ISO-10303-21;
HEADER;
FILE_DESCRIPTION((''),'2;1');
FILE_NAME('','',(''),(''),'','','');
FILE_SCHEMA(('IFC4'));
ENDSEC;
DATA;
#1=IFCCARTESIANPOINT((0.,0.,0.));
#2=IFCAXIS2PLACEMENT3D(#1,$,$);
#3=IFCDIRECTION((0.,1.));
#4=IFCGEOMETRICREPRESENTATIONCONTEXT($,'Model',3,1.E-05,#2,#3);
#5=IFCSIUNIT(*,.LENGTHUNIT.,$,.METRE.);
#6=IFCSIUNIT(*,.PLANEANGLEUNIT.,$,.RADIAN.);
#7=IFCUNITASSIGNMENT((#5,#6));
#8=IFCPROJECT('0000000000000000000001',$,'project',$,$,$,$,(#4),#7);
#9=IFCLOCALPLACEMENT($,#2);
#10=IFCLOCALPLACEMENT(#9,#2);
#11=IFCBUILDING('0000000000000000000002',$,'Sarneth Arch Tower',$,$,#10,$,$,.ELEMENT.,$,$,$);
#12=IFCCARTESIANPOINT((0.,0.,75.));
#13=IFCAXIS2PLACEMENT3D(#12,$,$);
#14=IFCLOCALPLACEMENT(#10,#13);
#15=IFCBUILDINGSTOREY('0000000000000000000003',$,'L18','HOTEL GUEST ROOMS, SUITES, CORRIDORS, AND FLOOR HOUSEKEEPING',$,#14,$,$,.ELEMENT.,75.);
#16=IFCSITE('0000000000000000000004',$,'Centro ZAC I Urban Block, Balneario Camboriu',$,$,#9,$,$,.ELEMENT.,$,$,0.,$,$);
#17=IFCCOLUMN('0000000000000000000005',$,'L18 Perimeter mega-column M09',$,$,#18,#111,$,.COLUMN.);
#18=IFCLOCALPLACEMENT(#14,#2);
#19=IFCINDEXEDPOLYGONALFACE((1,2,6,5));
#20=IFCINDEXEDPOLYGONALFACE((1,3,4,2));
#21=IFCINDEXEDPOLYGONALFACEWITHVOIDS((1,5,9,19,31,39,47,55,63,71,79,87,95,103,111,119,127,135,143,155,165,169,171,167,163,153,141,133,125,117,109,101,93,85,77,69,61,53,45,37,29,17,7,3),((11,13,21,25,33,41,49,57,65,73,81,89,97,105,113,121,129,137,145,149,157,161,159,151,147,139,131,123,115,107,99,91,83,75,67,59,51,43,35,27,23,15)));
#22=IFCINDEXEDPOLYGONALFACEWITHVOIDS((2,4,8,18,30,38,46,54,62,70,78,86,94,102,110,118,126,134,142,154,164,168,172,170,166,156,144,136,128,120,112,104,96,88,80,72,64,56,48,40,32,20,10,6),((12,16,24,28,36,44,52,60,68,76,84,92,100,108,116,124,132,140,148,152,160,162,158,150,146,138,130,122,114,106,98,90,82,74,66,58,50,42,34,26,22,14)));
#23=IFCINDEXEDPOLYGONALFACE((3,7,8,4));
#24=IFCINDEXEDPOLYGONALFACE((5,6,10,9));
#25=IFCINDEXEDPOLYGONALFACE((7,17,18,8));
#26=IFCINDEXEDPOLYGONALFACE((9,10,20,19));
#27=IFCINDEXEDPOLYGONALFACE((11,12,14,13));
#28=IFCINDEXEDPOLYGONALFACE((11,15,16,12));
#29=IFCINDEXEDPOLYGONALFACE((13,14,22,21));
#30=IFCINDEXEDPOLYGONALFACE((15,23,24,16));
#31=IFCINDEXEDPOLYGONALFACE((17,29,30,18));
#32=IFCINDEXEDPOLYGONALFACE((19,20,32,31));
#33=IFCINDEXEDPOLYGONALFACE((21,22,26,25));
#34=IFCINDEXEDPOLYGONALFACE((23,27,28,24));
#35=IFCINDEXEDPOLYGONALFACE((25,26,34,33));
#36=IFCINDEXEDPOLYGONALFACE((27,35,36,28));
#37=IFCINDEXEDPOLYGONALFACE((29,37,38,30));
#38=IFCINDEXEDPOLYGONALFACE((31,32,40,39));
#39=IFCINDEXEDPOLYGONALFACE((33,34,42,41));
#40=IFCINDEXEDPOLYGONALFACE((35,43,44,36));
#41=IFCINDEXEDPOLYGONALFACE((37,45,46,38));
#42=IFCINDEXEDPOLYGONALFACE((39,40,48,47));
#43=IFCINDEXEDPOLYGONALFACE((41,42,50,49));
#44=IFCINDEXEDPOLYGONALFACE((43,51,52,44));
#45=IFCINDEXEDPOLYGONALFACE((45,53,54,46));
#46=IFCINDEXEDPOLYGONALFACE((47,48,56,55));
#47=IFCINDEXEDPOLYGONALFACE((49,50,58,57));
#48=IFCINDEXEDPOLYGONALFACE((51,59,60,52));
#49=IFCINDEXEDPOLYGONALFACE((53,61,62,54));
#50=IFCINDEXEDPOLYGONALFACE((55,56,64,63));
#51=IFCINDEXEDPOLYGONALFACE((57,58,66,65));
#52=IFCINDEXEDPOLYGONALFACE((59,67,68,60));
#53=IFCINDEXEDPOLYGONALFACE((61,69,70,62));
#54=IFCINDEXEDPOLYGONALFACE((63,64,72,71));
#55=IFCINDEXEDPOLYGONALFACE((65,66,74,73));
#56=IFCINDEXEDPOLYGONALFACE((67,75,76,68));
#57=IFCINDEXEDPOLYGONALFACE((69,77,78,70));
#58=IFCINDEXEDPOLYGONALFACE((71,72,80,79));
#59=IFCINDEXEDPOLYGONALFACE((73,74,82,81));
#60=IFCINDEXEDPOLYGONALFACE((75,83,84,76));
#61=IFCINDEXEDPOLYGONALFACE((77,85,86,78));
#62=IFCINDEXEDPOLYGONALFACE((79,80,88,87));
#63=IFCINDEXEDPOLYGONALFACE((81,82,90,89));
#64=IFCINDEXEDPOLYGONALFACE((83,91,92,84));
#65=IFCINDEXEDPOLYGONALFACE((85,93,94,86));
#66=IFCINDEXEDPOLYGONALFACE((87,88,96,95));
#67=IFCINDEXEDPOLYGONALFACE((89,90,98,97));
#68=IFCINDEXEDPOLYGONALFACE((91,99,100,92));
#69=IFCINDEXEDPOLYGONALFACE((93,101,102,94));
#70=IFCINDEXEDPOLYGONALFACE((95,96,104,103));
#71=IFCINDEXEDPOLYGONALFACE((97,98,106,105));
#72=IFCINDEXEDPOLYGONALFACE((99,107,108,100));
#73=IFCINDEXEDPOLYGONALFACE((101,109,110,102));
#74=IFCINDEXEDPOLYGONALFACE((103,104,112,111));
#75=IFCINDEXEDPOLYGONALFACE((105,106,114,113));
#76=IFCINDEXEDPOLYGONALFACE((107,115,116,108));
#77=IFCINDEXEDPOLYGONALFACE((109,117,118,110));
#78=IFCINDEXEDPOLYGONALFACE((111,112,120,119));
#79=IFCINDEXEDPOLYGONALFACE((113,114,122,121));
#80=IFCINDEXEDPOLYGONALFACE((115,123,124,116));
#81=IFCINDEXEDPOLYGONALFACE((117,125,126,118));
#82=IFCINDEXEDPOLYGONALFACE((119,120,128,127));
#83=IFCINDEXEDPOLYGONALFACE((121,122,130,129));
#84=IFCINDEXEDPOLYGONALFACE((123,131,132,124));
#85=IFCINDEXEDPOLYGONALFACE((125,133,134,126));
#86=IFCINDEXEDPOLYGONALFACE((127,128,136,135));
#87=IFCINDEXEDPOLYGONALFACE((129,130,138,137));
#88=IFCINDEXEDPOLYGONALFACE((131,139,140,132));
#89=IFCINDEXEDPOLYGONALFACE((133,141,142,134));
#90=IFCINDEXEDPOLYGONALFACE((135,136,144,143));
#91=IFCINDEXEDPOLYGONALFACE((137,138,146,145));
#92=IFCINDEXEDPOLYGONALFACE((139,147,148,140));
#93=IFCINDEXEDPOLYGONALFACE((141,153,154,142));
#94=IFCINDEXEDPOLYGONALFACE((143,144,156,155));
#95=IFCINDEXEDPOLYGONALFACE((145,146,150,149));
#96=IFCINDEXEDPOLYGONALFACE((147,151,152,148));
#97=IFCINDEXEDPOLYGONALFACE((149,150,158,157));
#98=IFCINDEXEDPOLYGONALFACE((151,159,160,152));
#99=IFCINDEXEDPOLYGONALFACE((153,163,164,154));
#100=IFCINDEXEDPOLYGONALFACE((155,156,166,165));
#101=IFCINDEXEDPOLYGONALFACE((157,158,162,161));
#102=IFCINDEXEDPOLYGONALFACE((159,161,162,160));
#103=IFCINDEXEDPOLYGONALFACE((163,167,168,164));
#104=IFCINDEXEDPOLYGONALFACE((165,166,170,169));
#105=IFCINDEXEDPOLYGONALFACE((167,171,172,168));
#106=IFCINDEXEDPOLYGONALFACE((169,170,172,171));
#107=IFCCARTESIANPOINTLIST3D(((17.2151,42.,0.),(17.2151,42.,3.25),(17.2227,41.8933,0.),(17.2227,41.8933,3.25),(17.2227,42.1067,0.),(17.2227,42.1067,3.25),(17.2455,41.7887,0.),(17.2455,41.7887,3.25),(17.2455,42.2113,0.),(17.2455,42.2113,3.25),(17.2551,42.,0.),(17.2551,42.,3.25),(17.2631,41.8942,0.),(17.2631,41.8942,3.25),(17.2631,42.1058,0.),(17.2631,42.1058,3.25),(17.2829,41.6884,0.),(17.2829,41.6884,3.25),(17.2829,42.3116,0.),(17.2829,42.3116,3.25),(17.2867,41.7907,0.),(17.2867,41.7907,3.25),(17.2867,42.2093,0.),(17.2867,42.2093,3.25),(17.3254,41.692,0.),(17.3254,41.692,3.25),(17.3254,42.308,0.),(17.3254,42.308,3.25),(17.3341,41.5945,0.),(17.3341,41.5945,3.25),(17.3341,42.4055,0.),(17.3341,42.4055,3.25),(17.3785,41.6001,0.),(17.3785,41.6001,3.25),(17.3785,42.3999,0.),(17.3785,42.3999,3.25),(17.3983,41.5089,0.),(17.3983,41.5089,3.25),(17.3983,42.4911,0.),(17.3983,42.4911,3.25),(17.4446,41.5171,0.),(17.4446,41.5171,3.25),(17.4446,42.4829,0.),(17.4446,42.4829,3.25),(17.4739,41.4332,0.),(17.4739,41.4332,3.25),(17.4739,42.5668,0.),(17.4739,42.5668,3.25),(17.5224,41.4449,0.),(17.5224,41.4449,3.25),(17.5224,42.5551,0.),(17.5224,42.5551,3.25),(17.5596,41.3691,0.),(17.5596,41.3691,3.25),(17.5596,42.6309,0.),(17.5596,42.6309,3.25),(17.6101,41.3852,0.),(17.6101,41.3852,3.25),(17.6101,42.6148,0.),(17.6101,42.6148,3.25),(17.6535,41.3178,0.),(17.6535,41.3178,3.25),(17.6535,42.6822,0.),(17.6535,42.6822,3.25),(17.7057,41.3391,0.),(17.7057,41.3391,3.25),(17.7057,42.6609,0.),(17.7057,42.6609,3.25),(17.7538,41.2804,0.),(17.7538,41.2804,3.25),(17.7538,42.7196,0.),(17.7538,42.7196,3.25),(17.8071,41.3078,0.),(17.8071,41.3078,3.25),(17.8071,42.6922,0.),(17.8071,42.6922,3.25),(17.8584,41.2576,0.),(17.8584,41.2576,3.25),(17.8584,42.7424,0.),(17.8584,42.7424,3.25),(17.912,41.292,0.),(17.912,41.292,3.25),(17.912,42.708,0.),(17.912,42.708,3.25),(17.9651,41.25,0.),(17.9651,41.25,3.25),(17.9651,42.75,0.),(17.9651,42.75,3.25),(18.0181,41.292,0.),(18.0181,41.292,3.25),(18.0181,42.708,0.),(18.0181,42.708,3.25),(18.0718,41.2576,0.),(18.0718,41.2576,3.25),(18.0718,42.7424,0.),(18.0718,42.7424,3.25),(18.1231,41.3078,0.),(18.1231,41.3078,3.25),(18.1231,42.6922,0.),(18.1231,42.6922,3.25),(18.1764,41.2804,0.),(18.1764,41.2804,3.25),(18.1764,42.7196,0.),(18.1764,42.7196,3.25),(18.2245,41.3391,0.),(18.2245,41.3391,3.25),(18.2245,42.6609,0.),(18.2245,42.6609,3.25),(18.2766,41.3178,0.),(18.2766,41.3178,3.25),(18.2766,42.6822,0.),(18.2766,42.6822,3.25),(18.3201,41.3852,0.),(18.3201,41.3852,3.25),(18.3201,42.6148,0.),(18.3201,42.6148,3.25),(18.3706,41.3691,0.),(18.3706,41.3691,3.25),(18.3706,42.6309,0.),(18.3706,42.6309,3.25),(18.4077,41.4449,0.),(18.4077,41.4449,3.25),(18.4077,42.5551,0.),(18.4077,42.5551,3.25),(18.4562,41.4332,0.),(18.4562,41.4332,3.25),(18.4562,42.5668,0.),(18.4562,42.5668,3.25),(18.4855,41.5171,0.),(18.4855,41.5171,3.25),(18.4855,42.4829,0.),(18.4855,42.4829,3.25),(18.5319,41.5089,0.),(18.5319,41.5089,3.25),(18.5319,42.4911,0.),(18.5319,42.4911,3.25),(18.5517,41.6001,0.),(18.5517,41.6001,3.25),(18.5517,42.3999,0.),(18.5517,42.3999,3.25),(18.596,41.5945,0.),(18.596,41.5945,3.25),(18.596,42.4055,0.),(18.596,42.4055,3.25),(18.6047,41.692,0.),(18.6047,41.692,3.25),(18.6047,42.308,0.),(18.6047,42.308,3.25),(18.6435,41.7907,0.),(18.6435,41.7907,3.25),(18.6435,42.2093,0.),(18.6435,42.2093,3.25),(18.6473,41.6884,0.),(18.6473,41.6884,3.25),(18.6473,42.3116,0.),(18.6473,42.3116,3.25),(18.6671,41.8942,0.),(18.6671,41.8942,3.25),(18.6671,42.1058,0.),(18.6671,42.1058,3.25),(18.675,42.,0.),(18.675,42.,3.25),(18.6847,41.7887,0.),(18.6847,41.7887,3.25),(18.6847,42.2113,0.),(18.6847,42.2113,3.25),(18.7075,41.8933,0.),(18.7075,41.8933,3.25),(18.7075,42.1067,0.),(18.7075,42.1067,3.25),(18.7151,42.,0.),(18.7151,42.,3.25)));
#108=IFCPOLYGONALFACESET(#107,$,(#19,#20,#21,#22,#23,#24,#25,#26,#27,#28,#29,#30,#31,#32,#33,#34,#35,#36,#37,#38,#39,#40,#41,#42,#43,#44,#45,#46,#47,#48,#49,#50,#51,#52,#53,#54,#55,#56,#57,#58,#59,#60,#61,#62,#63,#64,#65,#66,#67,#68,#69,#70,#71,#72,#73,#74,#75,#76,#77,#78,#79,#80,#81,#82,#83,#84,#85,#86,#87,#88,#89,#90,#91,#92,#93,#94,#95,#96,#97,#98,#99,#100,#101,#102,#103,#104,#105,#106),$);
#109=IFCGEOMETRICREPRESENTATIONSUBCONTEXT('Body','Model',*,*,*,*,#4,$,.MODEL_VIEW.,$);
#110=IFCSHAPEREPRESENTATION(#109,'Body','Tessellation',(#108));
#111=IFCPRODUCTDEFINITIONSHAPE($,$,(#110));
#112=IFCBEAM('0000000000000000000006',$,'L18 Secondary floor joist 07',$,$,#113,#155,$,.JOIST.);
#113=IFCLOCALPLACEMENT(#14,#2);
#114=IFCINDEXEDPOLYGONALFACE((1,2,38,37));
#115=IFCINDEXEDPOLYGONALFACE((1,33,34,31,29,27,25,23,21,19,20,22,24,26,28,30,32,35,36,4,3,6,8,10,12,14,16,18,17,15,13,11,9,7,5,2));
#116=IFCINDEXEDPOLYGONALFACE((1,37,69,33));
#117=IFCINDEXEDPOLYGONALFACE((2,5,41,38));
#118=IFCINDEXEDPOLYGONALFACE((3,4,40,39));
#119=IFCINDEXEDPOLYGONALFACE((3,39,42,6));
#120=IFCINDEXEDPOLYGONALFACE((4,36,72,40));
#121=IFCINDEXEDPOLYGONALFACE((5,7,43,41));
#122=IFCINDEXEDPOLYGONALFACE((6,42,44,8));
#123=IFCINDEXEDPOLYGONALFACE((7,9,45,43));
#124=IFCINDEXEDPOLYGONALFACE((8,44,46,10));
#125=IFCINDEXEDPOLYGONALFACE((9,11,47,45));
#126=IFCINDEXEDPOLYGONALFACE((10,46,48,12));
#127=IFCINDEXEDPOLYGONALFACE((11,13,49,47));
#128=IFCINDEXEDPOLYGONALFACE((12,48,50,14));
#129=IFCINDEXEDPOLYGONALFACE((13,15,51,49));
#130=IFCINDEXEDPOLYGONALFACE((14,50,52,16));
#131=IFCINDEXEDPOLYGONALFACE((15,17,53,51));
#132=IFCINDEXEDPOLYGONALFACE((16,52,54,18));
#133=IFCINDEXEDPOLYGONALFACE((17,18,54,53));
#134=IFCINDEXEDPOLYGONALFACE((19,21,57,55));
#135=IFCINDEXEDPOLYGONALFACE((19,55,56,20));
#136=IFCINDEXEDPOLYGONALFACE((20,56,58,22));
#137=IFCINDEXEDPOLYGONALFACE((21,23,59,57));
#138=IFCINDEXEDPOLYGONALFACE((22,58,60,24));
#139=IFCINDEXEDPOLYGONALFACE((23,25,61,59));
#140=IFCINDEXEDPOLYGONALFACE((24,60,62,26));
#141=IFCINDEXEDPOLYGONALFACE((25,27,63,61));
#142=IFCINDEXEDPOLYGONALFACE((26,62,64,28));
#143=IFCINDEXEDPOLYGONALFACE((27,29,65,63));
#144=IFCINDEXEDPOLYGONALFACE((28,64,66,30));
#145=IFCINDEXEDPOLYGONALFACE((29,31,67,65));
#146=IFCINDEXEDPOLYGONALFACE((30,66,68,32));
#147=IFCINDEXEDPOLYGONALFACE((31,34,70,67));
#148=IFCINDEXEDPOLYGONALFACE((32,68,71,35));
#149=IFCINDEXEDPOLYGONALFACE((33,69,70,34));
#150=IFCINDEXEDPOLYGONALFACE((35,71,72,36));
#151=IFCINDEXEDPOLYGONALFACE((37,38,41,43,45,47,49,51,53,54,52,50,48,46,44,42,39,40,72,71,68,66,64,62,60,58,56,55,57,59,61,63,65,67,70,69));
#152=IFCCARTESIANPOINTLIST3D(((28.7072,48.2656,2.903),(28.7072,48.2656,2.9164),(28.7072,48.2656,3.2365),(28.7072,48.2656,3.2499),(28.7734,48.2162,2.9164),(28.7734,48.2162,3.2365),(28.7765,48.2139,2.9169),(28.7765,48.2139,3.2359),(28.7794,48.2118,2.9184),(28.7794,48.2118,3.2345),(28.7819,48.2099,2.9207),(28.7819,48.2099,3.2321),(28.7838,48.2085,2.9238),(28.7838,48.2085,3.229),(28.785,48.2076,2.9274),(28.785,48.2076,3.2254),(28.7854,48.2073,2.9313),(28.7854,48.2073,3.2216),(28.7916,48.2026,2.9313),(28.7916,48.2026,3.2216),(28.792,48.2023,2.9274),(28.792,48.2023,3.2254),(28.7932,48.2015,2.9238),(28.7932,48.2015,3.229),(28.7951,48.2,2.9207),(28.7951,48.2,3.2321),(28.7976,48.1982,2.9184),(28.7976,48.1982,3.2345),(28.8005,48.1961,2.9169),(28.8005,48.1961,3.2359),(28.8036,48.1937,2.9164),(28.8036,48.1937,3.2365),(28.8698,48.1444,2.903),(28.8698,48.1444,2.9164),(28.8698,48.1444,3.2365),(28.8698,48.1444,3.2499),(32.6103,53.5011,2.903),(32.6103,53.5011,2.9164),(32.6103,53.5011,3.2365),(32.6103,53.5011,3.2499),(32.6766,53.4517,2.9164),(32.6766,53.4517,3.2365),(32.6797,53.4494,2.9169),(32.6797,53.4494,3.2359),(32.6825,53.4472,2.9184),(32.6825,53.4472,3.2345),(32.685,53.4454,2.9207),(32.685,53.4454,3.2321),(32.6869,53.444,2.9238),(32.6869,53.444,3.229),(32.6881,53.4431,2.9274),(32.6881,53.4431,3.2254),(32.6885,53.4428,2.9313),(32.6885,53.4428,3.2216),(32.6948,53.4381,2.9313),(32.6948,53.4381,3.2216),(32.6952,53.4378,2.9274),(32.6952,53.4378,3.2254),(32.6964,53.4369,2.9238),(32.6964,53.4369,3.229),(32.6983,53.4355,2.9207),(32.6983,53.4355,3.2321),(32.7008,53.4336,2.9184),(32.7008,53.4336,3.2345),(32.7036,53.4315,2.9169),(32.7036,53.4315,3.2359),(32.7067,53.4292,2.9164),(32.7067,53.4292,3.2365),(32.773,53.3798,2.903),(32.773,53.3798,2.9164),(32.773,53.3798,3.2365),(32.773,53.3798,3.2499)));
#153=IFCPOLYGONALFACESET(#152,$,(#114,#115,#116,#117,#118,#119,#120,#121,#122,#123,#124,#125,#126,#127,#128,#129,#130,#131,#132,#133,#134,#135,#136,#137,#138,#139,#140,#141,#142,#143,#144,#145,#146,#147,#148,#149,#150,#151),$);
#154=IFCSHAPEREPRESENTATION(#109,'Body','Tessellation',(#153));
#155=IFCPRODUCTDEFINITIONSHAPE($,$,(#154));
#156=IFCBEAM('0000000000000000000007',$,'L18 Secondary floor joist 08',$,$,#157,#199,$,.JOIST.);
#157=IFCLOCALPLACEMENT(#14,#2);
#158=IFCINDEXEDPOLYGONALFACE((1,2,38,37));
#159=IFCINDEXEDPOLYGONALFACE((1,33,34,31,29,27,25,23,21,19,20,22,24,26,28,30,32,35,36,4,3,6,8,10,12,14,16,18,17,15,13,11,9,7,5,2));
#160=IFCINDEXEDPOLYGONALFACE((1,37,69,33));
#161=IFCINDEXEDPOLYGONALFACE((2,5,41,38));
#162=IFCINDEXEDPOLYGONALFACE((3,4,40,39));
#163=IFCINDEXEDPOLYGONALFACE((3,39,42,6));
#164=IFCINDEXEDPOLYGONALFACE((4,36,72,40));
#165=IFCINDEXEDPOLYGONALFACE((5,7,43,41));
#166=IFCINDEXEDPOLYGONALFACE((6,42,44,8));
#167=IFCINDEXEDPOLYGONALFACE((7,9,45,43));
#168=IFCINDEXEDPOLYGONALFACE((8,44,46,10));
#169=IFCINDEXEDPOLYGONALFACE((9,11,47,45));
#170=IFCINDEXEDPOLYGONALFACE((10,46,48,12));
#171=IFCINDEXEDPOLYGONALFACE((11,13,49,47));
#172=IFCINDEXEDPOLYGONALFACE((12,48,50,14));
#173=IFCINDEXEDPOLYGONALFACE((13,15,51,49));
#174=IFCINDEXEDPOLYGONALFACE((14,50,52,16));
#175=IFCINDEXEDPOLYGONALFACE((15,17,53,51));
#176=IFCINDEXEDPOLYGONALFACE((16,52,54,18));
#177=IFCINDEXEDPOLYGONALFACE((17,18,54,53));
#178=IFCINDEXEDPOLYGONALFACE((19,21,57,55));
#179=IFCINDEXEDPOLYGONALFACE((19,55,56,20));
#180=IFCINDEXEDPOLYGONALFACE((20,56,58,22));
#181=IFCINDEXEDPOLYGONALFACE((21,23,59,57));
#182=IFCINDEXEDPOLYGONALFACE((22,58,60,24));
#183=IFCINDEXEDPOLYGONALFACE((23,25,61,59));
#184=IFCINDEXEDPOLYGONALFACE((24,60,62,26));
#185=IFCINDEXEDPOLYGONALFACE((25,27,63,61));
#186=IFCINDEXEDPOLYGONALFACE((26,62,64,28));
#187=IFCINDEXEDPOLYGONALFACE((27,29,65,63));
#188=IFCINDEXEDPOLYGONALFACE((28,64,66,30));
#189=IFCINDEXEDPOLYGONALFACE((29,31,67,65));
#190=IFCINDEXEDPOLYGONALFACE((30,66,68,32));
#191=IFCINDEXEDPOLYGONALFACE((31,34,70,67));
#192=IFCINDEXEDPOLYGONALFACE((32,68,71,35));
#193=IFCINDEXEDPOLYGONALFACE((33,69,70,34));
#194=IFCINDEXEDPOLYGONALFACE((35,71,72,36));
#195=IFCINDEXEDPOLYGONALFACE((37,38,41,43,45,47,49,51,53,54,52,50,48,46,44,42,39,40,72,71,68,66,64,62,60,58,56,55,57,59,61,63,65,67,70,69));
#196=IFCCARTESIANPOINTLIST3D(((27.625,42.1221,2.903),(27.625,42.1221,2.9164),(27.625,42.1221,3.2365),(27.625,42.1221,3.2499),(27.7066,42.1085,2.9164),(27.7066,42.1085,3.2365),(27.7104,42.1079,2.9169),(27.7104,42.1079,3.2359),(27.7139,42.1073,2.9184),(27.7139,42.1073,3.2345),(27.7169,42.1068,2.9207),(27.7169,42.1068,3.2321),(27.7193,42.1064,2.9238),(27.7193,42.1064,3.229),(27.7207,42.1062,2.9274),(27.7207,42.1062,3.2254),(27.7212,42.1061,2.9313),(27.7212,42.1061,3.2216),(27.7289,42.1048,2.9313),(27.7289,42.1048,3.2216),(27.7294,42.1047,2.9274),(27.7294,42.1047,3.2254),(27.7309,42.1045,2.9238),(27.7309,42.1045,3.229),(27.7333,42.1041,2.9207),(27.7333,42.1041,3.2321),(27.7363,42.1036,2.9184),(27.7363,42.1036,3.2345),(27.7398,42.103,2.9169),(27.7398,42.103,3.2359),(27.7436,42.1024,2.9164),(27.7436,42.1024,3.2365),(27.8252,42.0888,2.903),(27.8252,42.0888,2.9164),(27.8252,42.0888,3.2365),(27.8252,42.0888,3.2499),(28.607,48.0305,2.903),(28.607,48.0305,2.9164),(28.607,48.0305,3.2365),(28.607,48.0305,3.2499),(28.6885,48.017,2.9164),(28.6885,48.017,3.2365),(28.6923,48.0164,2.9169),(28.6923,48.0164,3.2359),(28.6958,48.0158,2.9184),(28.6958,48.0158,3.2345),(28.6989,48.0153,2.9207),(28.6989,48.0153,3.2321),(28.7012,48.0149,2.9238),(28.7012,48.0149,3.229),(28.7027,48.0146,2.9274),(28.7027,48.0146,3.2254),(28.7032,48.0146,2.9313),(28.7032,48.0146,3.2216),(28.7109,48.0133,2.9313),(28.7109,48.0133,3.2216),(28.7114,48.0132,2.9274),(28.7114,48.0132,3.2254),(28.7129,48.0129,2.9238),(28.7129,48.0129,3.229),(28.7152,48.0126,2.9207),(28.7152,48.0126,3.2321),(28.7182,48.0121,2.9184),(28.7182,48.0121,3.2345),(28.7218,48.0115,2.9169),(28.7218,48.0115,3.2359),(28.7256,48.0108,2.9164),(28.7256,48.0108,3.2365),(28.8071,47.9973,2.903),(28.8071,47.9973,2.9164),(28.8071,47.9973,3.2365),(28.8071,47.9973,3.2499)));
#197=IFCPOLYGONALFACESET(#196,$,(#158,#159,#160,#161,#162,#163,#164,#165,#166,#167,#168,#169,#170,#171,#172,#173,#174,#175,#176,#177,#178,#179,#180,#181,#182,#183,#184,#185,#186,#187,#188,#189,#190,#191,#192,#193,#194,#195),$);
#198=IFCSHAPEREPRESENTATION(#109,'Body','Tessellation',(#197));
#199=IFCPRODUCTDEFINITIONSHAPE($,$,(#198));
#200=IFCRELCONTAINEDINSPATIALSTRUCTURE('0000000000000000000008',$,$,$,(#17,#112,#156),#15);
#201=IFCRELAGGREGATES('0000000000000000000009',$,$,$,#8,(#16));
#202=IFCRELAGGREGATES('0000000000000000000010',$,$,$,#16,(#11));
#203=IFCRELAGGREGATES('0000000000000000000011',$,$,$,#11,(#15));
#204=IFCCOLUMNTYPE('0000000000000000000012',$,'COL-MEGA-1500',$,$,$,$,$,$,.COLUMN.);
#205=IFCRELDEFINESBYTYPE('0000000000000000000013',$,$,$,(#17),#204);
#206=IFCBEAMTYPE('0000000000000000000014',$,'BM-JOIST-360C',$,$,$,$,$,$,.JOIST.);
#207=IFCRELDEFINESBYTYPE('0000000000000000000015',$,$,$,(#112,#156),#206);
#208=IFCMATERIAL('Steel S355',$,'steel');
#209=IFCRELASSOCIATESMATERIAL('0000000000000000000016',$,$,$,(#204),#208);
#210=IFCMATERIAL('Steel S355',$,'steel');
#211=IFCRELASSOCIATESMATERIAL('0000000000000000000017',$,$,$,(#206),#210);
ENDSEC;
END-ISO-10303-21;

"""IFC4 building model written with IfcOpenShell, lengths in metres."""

from ifc_helpers import new_model, si_unit, direction, frame, origin, origin_2d, place, context, subcontext, project, spatial, hollow_circle, i_section, extrude, material, material_profile, profile_set, type_object, element, save


model = new_model("IFC4")

# Units and contexts
model_context = context("Model", 3, precision=1e-05, world=origin(), true_north=direction((0.0, 1.0)))
body_context = subcontext(model_context, "Body", "Model", "MODEL_VIEW")
ifc_project = project(units=[si_unit("LENGTHUNIT", "METRE"), si_unit("PLANEANGLEUNIT", "RADIAN")], contexts=[model_context])

# Site, building, storey
site_placement = place(None, origin())
site = spatial("IfcSite", under=ifc_project, at=site_placement, Name="Centro ZAC I Urban Block, Balneario Camboriu", CompositionType="ELEMENT", RefElevation=0.0)
building_placement = place(site_placement, origin())
building = spatial("IfcBuilding", under=site, at=building_placement, Name="Sarneth Arch Tower", CompositionType="ELEMENT")
storey_placement = place(building_placement, frame((0.0, 0.0, 75.0)))
storey = spatial("IfcBuildingStorey", under=building, at=storey_placement, Name="L18", Description="HOTEL GUEST ROOMS, SUITES, CORRIDORS, AND FLOOR HOUSEKEEPING", CompositionType="ELEMENT", Elevation=75.0)

# Column
ifc_material_1 = material(Name="Steel S355", Category="steel")
ifc_material_profile_1 = material_profile(ifc_material_1, hollow_circle(Radius=0.75, WallThickness=0.04, at=origin_2d()), Name="CHS1500x40")
ifc_profile_set_1 = profile_set([ifc_material_profile_1], Name="Steel S355")
column_type = type_object("IfcColumnType", Name="COL-MEGA-1500", PredefinedType="COLUMN", material=ifc_profile_set_1)
for number, where, z_axis, x_axis, name in (
    (1, (17.9651, 42.0, 0.0), (0.0, 0.0, 1.0), (1.0, 0.0, 0.0), "L18 Perimeter mega-column M09"),
):
    element("IfcColumn", number, at=place(storey_placement, frame(where, z_axis=z_axis, x_axis=x_axis)), inside=storey, type_object=column_type, Name=name, PredefinedType="COLUMN", context=body_context, shape_type="SweptSolid", body=[
        extrude(hollow_circle(Radius=0.75, WallThickness=0.04, at=origin_2d()), origin(), (0.0, 0.0, 1.0), 3.25),
    ])

# Beams
ifc_material_2 = material(Name="Steel S355", Category="steel")
ifc_material_profile_2 = material_profile(ifc_material_2, i_section(OverallWidth=0.2029, OverallDepth=0.3469, WebThickness=0.0078, FlangeThickness=0.0134, FilletRadius=0.0149, at=origin_2d()), Name="W360x64")
ifc_profile_set_2 = profile_set([ifc_material_profile_2], Name="Steel S355")
beam_type_1 = type_object("IfcBeamType", Name="BM-JOIST-360C", PredefinedType="JOIST", material=ifc_profile_set_2)
beam_1_placement = place(storey_placement, frame((32.6917, 53.4404, 3.0764), z_axis=(-0.5977, -0.801719, 0.0), x_axis=(0.801719, -0.5977, 0.0)))
element("IfcBeam", 2, at=beam_1_placement, inside=storey, type_object=beam_type_1, Name="L18 Secondary floor joist 07", PredefinedType="JOIST", context=body_context, shape_type="SweptSolid", body=[
    extrude(i_section(OverallWidth=0.2029, OverallDepth=0.3469, WebThickness=0.0078, FlangeThickness=0.0134, FilletRadius=0.0149, at=origin_2d()), origin(), (0.0, 0.0, 1.0), 6.5303),
])
for number, where, z_axis, x_axis, name in (
    (3, (28.707, 48.0139, 3.0764), (-0.163943, -0.98647, 0.0), (0.98647, -0.163943, 0.0), "L18 Secondary floor joist 08"),
):
    element("IfcBeam", number, at=place(storey_placement, frame(where, z_axis=z_axis, x_axis=x_axis)), inside=storey, type_object=beam_type_1, Name=name, PredefinedType="JOIST", context=body_context, shape_type="SweptSolid", body=[
        extrude(i_section(OverallWidth=0.2029, OverallDepth=0.3469, WebThickness=0.0078, FlangeThickness=0.0134, FilletRadius=0.0149, at=origin_2d()), origin(), (0.0, 0.0, 1.0), 5.9895),
    ])

save(model, "model.ifc")
